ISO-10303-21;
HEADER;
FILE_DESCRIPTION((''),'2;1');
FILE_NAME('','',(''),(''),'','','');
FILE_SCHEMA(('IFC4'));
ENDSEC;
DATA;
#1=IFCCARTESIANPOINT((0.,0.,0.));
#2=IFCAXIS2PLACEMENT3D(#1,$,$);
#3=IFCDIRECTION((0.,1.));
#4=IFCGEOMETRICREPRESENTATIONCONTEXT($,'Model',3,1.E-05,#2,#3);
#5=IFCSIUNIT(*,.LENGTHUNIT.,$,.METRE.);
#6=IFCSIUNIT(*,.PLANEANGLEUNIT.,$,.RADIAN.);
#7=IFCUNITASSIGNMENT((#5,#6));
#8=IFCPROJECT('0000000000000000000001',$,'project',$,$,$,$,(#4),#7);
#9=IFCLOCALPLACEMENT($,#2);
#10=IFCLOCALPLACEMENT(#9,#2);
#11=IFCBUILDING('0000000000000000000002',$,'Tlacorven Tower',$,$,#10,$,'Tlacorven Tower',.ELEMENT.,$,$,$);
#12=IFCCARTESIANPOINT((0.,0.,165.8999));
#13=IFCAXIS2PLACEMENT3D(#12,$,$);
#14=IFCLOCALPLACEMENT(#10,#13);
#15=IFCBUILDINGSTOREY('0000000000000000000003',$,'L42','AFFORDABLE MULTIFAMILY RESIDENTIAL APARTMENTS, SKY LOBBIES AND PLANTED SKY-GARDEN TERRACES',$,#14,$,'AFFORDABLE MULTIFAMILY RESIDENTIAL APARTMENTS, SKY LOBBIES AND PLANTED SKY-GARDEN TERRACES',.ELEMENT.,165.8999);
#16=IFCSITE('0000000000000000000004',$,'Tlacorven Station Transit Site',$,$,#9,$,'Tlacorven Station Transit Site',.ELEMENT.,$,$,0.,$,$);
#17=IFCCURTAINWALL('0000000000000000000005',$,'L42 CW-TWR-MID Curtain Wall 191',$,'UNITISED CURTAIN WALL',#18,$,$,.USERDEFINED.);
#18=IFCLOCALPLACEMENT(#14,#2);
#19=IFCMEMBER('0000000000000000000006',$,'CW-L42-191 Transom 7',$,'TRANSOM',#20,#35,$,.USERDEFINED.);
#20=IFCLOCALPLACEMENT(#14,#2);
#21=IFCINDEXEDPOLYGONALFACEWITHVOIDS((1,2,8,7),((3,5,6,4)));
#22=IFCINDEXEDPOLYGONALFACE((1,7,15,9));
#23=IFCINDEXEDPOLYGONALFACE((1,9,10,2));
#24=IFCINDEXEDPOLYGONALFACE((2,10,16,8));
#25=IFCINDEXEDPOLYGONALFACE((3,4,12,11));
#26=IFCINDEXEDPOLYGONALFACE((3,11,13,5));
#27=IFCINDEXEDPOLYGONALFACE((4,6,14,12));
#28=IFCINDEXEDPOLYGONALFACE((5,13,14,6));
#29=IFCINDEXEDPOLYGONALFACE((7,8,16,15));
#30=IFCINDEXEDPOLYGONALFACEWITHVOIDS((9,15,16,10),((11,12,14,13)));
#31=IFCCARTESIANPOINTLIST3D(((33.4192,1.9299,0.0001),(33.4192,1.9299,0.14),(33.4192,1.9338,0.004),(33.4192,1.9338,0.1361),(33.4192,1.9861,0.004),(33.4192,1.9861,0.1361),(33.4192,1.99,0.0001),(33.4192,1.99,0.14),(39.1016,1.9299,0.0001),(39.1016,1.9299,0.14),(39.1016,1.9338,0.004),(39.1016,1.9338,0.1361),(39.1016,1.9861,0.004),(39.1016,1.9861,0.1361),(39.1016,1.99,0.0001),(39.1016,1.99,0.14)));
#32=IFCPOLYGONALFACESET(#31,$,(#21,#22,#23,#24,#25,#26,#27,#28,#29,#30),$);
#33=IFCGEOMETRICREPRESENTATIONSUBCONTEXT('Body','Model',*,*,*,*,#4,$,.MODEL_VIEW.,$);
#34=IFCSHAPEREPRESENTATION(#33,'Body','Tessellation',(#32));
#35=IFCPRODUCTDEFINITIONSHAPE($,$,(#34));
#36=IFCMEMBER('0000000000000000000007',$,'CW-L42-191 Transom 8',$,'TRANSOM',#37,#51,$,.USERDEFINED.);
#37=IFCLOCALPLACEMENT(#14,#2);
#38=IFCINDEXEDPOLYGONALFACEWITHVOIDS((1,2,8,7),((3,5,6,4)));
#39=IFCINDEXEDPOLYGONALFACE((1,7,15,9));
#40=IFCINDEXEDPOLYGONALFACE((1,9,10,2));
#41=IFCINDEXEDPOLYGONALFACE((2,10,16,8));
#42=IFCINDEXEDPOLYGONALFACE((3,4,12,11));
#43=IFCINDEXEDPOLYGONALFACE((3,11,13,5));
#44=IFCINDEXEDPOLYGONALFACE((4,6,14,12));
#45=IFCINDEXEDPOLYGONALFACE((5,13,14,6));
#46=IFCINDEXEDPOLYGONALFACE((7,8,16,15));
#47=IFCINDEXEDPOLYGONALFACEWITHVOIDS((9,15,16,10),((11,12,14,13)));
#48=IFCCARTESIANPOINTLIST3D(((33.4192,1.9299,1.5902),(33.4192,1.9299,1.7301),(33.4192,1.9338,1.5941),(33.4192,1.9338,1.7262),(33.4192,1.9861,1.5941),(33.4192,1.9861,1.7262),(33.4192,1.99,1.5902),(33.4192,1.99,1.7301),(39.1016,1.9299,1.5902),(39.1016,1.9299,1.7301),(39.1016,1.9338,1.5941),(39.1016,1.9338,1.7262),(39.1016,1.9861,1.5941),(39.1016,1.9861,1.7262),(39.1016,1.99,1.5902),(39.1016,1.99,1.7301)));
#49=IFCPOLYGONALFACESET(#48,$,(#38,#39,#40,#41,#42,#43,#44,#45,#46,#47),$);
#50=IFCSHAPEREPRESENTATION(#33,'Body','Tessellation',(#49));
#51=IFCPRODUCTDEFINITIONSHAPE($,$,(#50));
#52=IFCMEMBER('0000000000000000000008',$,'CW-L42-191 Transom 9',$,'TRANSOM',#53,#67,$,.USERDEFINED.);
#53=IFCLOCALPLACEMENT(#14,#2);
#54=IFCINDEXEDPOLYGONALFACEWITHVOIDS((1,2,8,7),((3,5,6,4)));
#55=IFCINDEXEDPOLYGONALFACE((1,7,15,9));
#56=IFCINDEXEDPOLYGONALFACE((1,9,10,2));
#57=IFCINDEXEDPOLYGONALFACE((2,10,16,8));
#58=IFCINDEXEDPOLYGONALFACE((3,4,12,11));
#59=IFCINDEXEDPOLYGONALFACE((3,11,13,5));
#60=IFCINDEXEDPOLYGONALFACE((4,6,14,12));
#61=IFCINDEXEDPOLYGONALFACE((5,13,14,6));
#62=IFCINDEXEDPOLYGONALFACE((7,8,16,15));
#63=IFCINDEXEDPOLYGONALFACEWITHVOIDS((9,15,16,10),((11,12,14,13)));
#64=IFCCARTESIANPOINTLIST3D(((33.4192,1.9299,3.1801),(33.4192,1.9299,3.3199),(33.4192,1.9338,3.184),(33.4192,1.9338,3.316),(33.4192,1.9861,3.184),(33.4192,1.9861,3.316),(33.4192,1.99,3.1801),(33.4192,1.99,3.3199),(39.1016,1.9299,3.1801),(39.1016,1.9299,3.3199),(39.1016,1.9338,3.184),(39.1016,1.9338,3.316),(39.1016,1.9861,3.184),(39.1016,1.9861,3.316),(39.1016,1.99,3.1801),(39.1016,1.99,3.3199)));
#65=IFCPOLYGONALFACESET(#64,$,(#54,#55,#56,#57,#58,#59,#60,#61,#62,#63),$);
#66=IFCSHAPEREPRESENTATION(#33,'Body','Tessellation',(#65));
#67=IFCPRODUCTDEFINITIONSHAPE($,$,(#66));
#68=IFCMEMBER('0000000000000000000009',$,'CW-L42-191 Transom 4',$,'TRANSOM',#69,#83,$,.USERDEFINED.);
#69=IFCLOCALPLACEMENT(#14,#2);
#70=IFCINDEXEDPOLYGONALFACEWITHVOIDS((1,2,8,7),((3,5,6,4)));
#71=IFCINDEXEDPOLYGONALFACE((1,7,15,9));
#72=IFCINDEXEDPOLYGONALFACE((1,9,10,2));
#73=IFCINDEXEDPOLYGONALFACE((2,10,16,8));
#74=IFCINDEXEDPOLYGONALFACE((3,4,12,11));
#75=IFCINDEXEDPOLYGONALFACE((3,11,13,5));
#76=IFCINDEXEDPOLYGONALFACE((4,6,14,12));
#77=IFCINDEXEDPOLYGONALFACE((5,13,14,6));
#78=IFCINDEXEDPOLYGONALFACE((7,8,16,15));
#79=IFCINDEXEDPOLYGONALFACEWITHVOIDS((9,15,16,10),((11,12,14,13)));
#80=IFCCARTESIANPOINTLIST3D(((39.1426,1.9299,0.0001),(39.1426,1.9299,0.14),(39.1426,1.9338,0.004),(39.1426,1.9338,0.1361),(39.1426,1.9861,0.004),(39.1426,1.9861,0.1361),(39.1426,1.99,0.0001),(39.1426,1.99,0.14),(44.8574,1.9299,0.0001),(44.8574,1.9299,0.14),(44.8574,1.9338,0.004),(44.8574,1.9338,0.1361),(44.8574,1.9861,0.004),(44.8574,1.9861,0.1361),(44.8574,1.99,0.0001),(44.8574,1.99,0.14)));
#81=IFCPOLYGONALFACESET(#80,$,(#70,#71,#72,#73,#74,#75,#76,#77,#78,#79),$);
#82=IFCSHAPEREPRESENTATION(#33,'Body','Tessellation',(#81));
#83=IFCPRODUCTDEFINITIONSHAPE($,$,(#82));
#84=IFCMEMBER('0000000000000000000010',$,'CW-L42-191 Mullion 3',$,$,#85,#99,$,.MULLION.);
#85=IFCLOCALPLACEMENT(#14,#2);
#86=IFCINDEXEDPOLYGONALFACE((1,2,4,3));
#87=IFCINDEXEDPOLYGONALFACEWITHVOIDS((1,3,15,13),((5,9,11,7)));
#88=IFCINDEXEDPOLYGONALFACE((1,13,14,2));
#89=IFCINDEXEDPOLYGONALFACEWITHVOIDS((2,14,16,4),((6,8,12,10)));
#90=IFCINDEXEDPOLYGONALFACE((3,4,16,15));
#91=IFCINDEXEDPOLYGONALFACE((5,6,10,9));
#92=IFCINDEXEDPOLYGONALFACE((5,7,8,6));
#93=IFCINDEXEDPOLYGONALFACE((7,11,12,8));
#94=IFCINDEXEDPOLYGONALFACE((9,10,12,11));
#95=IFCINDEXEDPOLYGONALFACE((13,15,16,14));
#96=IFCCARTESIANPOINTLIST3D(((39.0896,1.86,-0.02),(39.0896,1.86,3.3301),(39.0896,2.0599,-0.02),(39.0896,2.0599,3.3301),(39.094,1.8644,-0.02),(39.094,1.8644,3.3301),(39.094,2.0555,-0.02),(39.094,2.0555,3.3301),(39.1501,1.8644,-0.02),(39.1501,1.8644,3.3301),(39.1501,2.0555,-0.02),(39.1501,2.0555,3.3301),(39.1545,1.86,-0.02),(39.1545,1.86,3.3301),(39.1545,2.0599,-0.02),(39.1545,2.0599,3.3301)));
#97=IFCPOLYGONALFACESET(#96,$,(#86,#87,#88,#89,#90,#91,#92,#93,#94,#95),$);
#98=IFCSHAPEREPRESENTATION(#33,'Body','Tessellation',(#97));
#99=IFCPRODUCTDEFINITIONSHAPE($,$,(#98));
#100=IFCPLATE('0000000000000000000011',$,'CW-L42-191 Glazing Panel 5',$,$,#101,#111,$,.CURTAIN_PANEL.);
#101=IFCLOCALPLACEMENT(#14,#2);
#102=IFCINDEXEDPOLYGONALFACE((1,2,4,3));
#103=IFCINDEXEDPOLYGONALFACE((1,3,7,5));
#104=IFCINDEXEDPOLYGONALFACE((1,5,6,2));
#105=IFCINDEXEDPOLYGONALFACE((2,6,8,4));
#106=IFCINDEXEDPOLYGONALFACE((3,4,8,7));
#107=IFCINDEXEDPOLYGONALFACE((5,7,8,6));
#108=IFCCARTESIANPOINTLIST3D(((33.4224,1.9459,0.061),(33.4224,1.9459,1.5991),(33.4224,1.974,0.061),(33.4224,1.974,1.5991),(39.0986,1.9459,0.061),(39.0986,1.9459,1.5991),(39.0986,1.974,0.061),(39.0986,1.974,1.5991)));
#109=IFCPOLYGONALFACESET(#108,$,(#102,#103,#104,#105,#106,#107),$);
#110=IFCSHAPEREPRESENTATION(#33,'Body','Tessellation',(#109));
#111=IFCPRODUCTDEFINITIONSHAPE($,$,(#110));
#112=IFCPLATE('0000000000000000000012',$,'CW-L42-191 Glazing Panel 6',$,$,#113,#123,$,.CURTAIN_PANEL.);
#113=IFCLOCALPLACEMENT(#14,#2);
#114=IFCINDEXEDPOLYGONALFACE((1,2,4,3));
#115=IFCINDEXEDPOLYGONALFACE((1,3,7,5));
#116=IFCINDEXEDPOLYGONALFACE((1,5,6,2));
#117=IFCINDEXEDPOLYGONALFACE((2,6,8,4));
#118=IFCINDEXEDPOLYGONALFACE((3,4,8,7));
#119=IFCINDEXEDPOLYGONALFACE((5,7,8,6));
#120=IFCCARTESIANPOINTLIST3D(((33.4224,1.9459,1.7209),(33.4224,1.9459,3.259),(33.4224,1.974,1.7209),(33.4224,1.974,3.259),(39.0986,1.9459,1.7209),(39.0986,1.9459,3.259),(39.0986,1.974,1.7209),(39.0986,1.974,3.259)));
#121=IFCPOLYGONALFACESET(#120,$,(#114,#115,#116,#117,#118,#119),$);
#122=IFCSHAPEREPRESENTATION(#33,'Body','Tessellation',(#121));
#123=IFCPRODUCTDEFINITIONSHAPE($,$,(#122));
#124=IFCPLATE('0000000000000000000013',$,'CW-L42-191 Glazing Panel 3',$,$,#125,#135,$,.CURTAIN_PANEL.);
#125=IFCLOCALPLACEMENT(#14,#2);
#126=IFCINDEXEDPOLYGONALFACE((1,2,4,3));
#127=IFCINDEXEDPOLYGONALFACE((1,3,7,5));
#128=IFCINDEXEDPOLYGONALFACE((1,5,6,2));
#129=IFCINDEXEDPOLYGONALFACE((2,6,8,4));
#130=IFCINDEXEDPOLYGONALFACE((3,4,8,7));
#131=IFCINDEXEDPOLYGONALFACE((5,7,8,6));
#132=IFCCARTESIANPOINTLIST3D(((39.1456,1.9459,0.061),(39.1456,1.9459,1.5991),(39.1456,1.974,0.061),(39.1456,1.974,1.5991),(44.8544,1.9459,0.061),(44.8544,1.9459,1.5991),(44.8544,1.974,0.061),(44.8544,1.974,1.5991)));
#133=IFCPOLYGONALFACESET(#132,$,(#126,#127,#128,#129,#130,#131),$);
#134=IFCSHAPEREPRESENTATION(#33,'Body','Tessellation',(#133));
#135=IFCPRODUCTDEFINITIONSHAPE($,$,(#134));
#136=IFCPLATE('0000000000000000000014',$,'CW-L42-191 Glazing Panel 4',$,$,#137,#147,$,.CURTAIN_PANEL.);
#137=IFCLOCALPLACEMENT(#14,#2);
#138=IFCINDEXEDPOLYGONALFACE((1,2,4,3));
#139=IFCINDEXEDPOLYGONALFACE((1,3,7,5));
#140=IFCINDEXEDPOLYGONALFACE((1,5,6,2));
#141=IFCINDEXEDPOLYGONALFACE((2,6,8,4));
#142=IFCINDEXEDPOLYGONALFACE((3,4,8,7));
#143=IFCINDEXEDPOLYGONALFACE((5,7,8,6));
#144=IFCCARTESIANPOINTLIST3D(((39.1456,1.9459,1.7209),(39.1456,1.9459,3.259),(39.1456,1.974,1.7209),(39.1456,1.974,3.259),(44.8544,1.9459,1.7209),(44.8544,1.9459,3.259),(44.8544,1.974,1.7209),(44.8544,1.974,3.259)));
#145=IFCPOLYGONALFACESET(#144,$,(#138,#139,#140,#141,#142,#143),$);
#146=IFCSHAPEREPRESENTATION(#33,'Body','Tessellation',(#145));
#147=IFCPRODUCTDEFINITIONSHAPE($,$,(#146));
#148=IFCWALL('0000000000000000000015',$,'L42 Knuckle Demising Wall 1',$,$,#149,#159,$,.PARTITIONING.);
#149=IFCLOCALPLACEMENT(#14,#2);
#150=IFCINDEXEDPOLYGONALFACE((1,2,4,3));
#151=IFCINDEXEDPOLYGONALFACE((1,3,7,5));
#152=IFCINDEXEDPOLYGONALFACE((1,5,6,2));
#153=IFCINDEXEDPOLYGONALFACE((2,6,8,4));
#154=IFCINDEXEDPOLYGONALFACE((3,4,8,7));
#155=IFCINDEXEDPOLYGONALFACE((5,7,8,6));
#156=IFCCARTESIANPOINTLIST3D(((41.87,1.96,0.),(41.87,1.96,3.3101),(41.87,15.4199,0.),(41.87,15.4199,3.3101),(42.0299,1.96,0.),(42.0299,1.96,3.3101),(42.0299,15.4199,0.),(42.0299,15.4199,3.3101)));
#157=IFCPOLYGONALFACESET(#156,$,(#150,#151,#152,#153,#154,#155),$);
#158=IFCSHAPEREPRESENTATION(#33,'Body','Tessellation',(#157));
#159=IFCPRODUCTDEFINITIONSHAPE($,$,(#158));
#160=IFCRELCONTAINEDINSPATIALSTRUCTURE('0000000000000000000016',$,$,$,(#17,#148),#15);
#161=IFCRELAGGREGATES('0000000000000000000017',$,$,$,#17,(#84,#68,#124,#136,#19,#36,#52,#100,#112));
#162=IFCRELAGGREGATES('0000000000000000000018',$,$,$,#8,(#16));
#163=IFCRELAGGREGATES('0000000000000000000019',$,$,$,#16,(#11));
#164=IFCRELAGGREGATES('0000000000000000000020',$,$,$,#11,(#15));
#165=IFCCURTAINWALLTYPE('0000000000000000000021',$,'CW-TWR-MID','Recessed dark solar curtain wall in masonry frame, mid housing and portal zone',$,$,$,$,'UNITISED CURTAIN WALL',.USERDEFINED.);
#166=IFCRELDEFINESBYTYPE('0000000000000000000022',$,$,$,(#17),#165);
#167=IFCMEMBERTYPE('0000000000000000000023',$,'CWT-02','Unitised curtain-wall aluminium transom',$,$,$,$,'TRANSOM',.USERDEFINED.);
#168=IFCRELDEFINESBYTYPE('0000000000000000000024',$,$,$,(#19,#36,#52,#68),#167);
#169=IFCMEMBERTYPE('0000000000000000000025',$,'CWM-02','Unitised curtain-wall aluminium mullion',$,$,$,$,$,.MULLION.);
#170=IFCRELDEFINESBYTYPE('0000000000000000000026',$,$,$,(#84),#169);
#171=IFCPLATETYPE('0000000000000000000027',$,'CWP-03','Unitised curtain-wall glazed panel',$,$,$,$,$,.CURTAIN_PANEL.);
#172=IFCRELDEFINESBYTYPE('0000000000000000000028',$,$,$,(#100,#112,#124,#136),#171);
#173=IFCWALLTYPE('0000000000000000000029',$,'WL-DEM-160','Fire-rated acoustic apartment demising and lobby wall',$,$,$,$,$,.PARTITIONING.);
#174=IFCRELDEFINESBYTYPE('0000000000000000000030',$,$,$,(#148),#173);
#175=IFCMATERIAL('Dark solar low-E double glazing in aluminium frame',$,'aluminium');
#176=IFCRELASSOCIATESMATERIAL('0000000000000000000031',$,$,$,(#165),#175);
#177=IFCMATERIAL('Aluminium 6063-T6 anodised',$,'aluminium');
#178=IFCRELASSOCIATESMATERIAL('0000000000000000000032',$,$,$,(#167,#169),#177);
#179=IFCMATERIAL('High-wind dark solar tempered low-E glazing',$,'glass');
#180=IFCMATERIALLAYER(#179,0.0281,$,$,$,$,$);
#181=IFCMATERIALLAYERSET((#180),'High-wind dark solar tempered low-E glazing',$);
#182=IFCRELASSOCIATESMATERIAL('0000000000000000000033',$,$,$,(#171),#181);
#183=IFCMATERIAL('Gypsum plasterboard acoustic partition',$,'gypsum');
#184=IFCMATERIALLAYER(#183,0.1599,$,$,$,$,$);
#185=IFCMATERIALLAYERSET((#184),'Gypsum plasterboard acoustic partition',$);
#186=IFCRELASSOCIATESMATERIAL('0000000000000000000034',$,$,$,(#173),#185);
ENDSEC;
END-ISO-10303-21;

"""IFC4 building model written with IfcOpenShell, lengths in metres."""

from ifc_helpers import new_model, si_unit, direction, frame, frame_2d, origin, origin_2d, place, context, subcontext, project, spatial, rectangle, hollow_rectangle, extrude, source, transform, mapped, material, layer, layer_set, material_profile, profile_set, type_object, element, aggregate, save


model = new_model("IFC4")

# Units and contexts
model_context = context("Model", 3, precision=1e-05, world=origin(), true_north=direction((0.0, 1.0)))
body_context = subcontext(model_context, "Body", "Model", "MODEL_VIEW")
ifc_project = project(units=[si_unit("LENGTHUNIT", "METRE"), si_unit("PLANEANGLEUNIT", "RADIAN")], contexts=[model_context])

# Site, building, storey
site_placement = place(None, origin())
site = spatial("IfcSite", under=ifc_project, at=site_placement, Name="Tlacorven Station Transit Site", LongName="Tlacorven Station Transit Site", CompositionType="ELEMENT", RefElevation=0.0)
building_placement = place(site_placement, origin())
building = spatial("IfcBuilding", under=site, at=building_placement, Name="Tlacorven Tower", LongName="Tlacorven Tower", CompositionType="ELEMENT")
storey_placement = place(building_placement, frame((0.0, 0.0, 165.8999)))
storey = spatial("IfcBuildingStorey", under=building, at=storey_placement, Name="L42", Description="AFFORDABLE MULTIFAMILY RESIDENTIAL APARTMENTS, SKY LOBBIES AND PLANTED SKY-GARDEN TERRACES", LongName="AFFORDABLE MULTIFAMILY RESIDENTIAL APARTMENTS, SKY LOBBIES AND PLANTED SKY-GARDEN TERRACES", CompositionType="ELEMENT", Elevation=165.8999)

# Curtain wall, members, plates
ifc_material_1 = material(Name="Dark solar low-E double glazing in aluminium frame", Category="aluminium")
curtain_wall_type = type_object("IfcCurtainWallType", Name="CW-TWR-MID", Description="Recessed dark solar curtain wall in masonry frame, mid housing and portal zone", ElementType="UNITISED CURTAIN WALL", PredefinedType="USERDEFINED", material=ifc_material_1)
curtain_wall_placement = place(storey_placement, origin())
curtain_wall = element("IfcCurtainWall", 1, at=curtain_wall_placement, inside=storey, type_object=curtain_wall_type, Name="L42 CW-TWR-MID Curtain Wall 191", ObjectType="UNITISED CURTAIN WALL", PredefinedType="USERDEFINED")
ifc_material_2 = material(Name="Aluminium 6063-T6 anodised", Category="aluminium")
ifc_material_profile_1 = material_profile(ifc_material_2, hollow_rectangle(XDim=0.0601, YDim=0.1399, WallThickness=0.0039, at=origin_2d()), Name="ALU TRANSOM 60X140")
ifc_profile_set_1 = profile_set([ifc_material_profile_1], Name="Aluminium 6063-T6 anodised")
member_type_1 = type_object("IfcMemberType", Name="CWT-02", Description="Unitised curtain-wall aluminium transom", ElementType="TRANSOM", PredefinedType="USERDEFINED", material=ifc_profile_set_1)
shared_shape_1 = source(origin(), body_context, "Body", "SweptSolid", [
    extrude(hollow_rectangle(XDim=0.0601, YDim=0.1399, WallThickness=0.0039, at=origin_2d()), origin(), (0.0, 0.0, 1.0), 5.6824),
])
member_1_placement = place(storey_placement, frame((39.1016, 1.96, 0.0701), z_axis=(-1.0, 0.0, 0.0), x_axis=(0.0, -1.0, 0.0)))
member_1 = element("IfcMember", 2, at=member_1_placement, type_object=member_type_1, Name="CW-L42-191 Transom 7", ObjectType="TRANSOM", PredefinedType="USERDEFINED", context=body_context, shape_type="MappedRepresentation", body=[
    mapped(shared_shape_1, transform((0.0, 0.0, 0.0), scale=1.0)),
])
member_2_placement = place(storey_placement, frame((39.1016, 1.96, 1.6602), z_axis=(-1.0, 0.0, 0.0), x_axis=(0.0, -1.0, 0.0)))
member_2 = element("IfcMember", 3, at=member_2_placement, type_object=member_type_1, Name="CW-L42-191 Transom 8", ObjectType="TRANSOM", PredefinedType="USERDEFINED", context=body_context, shape_type="MappedRepresentation", body=[
    mapped(shared_shape_1, transform((0.0, 0.0, 0.0), scale=1.0)),
])
member_3_placement = place(storey_placement, frame((39.1016, 1.96, 3.25), z_axis=(-1.0, 0.0, 0.0), x_axis=(0.0, -1.0, 0.0)))
member_3 = element("IfcMember", 4, at=member_3_placement, type_object=member_type_1, Name="CW-L42-191 Transom 9", ObjectType="TRANSOM", PredefinedType="USERDEFINED", context=body_context, shape_type="MappedRepresentation", body=[
    mapped(shared_shape_1, transform((0.0, 0.0, 0.0), scale=1.0)),
])
shared_shape_2 = source(origin(), body_context, "Body", "SweptSolid", [
    extrude(hollow_rectangle(XDim=0.0601, YDim=0.1399, WallThickness=0.0039, at=origin_2d()), origin(), (0.0, 0.0, 1.0), 5.7148),
])
member_4_placement = place(storey_placement, frame((44.8574, 1.96, 0.0701), z_axis=(-1.0, 0.0, 0.0), x_axis=(0.0, -1.0, 0.0)))
member_4 = element("IfcMember", 5, at=member_4_placement, type_object=member_type_1, Name="CW-L42-191 Transom 4", ObjectType="TRANSOM", PredefinedType="USERDEFINED", context=body_context, shape_type="MappedRepresentation", body=[
    mapped(shared_shape_2, transform((0.0, 0.0, 0.0), scale=1.0)),
])
ifc_material_profile_2 = material_profile(ifc_material_2, hollow_rectangle(XDim=0.0649, YDim=0.2, WallThickness=0.0044, at=origin_2d()), Name="ALU MULLION 65X200")
ifc_profile_set_2 = profile_set([ifc_material_profile_2], Name="Aluminium 6063-T6 anodised")
member_type_2 = type_object("IfcMemberType", Name="CWM-02", Description="Unitised curtain-wall aluminium mullion", PredefinedType="MULLION", material=ifc_profile_set_2)
shared_shape_3 = source(origin(), body_context, "Body", "SweptSolid", [
    extrude(hollow_rectangle(XDim=0.0649, YDim=0.2, WallThickness=0.0044, at=origin_2d()), origin(), (0.0, 0.0, 1.0), 3.3501),
])
member_5_placement = place(storey_placement, frame((39.1221, 1.96, -0.02), z_axis=(0.0, 0.0, 1.0), x_axis=(-1.0, 0.0, 0.0)))
member_5 = element("IfcMember", 6, at=member_5_placement, type_object=member_type_2, Name="CW-L42-191 Mullion 3", PredefinedType="MULLION", context=body_context, shape_type="MappedRepresentation", body=[
    mapped(shared_shape_3, transform((0.0, 0.0, 0.0), scale=1.0)),
])
ifc_material_3 = material(Name="High-wind dark solar tempered low-E glazing", Category="glass")
ifc_layer_1 = layer(ifc_material_3, 0.0281)
ifc_layer_set_1 = layer_set([ifc_layer_1], Name="High-wind dark solar tempered low-E glazing")
plate_type = type_object("IfcPlateType", Name="CWP-03", Description="Unitised curtain-wall glazed panel", PredefinedType="CURTAIN_PANEL", material=ifc_layer_set_1)
shared_shape_4 = source(origin(), body_context, "Body", "SweptSolid", [
    extrude(rectangle(XDim=5.6763, YDim=0.0281, at=origin_2d()), origin(), (0.0, 0.0, 1.0), 1.5381),
])
plate_1_placement = place(storey_placement, frame((36.2605, 1.96, 0.061), z_axis=(0.0, 0.0, 1.0), x_axis=(-1.0, 0.0, 0.0)))
plate_1 = element("IfcPlate", 7, at=plate_1_placement, type_object=plate_type, Name="CW-L42-191 Glazing Panel 5", PredefinedType="CURTAIN_PANEL", context=body_context, shape_type="MappedRepresentation", body=[
    mapped(shared_shape_4, transform((0.0, 0.0, 0.0), scale=1.0)),
])
plate_2_placement = place(storey_placement, frame((36.2605, 1.96, 1.7209), z_axis=(0.0, 0.0, 1.0), x_axis=(-1.0, 0.0, 0.0)))
plate_2 = element("IfcPlate", 8, at=plate_2_placement, type_object=plate_type, Name="CW-L42-191 Glazing Panel 6", PredefinedType="CURTAIN_PANEL", context=body_context, shape_type="MappedRepresentation", body=[
    mapped(shared_shape_4, transform((0.0, 0.0, 0.0), scale=1.0)),
])
shared_shape_5 = source(origin(), body_context, "Body", "SweptSolid", [
    extrude(rectangle(XDim=5.7087, YDim=0.0281, at=origin_2d()), origin(), (0.0, 0.0, 1.0), 1.5381),
])
plate_3_placement = place(storey_placement, frame((42.0, 1.96, 0.061), z_axis=(0.0, 0.0, 1.0), x_axis=(-1.0, 0.0, 0.0)))
plate_3 = element("IfcPlate", 9, at=plate_3_placement, type_object=plate_type, Name="CW-L42-191 Glazing Panel 3", PredefinedType="CURTAIN_PANEL", context=body_context, shape_type="MappedRepresentation", body=[
    mapped(shared_shape_5, transform((0.0, 0.0, 0.0), scale=1.0)),
])
plate_4_placement = place(storey_placement, frame((42.0, 1.96, 1.7209), z_axis=(0.0, 0.0, 1.0), x_axis=(-1.0, 0.0, 0.0)))
plate_4 = element("IfcPlate", 10, at=plate_4_placement, type_object=plate_type, Name="CW-L42-191 Glazing Panel 4", PredefinedType="CURTAIN_PANEL", context=body_context, shape_type="MappedRepresentation", body=[
    mapped(shared_shape_5, transform((0.0, 0.0, 0.0), scale=1.0)),
])
aggregate(curtain_wall, [member_5, member_4, plate_3, plate_4, member_1, member_2, member_3, plate_1, plate_2])

# Wall
ifc_material_4 = material(Name="Gypsum plasterboard acoustic partition", Category="gypsum")
ifc_layer_2 = layer(ifc_material_4, 0.1599)
ifc_layer_set_2 = layer_set([ifc_layer_2], Name="Gypsum plasterboard acoustic partition")
wall_type_1 = type_object("IfcWallType", Name="WL-DEM-160", Description="Fire-rated acoustic apartment demising and lobby wall", PredefinedType="PARTITIONING", material=ifc_layer_set_2)
wall_1_placement = place(storey_placement, frame((41.95, 1.96, 0.0), z_axis=(0.0, 0.0, 1.0), x_axis=(0.0, 1.0, 0.0)))
element("IfcWall", 11, at=wall_1_placement, inside=storey, type_object=wall_type_1, Name="L42 Knuckle Demising Wall 1", PredefinedType="PARTITIONING", context=body_context, shape_type="SweptSolid", body=[
    extrude(rectangle(XDim=13.46, YDim=0.1599, at=frame_2d((6.73, 0.0))), origin(), (0.0, 0.0, 1.0), 3.3101),
])

save(model, "model.ifc")
